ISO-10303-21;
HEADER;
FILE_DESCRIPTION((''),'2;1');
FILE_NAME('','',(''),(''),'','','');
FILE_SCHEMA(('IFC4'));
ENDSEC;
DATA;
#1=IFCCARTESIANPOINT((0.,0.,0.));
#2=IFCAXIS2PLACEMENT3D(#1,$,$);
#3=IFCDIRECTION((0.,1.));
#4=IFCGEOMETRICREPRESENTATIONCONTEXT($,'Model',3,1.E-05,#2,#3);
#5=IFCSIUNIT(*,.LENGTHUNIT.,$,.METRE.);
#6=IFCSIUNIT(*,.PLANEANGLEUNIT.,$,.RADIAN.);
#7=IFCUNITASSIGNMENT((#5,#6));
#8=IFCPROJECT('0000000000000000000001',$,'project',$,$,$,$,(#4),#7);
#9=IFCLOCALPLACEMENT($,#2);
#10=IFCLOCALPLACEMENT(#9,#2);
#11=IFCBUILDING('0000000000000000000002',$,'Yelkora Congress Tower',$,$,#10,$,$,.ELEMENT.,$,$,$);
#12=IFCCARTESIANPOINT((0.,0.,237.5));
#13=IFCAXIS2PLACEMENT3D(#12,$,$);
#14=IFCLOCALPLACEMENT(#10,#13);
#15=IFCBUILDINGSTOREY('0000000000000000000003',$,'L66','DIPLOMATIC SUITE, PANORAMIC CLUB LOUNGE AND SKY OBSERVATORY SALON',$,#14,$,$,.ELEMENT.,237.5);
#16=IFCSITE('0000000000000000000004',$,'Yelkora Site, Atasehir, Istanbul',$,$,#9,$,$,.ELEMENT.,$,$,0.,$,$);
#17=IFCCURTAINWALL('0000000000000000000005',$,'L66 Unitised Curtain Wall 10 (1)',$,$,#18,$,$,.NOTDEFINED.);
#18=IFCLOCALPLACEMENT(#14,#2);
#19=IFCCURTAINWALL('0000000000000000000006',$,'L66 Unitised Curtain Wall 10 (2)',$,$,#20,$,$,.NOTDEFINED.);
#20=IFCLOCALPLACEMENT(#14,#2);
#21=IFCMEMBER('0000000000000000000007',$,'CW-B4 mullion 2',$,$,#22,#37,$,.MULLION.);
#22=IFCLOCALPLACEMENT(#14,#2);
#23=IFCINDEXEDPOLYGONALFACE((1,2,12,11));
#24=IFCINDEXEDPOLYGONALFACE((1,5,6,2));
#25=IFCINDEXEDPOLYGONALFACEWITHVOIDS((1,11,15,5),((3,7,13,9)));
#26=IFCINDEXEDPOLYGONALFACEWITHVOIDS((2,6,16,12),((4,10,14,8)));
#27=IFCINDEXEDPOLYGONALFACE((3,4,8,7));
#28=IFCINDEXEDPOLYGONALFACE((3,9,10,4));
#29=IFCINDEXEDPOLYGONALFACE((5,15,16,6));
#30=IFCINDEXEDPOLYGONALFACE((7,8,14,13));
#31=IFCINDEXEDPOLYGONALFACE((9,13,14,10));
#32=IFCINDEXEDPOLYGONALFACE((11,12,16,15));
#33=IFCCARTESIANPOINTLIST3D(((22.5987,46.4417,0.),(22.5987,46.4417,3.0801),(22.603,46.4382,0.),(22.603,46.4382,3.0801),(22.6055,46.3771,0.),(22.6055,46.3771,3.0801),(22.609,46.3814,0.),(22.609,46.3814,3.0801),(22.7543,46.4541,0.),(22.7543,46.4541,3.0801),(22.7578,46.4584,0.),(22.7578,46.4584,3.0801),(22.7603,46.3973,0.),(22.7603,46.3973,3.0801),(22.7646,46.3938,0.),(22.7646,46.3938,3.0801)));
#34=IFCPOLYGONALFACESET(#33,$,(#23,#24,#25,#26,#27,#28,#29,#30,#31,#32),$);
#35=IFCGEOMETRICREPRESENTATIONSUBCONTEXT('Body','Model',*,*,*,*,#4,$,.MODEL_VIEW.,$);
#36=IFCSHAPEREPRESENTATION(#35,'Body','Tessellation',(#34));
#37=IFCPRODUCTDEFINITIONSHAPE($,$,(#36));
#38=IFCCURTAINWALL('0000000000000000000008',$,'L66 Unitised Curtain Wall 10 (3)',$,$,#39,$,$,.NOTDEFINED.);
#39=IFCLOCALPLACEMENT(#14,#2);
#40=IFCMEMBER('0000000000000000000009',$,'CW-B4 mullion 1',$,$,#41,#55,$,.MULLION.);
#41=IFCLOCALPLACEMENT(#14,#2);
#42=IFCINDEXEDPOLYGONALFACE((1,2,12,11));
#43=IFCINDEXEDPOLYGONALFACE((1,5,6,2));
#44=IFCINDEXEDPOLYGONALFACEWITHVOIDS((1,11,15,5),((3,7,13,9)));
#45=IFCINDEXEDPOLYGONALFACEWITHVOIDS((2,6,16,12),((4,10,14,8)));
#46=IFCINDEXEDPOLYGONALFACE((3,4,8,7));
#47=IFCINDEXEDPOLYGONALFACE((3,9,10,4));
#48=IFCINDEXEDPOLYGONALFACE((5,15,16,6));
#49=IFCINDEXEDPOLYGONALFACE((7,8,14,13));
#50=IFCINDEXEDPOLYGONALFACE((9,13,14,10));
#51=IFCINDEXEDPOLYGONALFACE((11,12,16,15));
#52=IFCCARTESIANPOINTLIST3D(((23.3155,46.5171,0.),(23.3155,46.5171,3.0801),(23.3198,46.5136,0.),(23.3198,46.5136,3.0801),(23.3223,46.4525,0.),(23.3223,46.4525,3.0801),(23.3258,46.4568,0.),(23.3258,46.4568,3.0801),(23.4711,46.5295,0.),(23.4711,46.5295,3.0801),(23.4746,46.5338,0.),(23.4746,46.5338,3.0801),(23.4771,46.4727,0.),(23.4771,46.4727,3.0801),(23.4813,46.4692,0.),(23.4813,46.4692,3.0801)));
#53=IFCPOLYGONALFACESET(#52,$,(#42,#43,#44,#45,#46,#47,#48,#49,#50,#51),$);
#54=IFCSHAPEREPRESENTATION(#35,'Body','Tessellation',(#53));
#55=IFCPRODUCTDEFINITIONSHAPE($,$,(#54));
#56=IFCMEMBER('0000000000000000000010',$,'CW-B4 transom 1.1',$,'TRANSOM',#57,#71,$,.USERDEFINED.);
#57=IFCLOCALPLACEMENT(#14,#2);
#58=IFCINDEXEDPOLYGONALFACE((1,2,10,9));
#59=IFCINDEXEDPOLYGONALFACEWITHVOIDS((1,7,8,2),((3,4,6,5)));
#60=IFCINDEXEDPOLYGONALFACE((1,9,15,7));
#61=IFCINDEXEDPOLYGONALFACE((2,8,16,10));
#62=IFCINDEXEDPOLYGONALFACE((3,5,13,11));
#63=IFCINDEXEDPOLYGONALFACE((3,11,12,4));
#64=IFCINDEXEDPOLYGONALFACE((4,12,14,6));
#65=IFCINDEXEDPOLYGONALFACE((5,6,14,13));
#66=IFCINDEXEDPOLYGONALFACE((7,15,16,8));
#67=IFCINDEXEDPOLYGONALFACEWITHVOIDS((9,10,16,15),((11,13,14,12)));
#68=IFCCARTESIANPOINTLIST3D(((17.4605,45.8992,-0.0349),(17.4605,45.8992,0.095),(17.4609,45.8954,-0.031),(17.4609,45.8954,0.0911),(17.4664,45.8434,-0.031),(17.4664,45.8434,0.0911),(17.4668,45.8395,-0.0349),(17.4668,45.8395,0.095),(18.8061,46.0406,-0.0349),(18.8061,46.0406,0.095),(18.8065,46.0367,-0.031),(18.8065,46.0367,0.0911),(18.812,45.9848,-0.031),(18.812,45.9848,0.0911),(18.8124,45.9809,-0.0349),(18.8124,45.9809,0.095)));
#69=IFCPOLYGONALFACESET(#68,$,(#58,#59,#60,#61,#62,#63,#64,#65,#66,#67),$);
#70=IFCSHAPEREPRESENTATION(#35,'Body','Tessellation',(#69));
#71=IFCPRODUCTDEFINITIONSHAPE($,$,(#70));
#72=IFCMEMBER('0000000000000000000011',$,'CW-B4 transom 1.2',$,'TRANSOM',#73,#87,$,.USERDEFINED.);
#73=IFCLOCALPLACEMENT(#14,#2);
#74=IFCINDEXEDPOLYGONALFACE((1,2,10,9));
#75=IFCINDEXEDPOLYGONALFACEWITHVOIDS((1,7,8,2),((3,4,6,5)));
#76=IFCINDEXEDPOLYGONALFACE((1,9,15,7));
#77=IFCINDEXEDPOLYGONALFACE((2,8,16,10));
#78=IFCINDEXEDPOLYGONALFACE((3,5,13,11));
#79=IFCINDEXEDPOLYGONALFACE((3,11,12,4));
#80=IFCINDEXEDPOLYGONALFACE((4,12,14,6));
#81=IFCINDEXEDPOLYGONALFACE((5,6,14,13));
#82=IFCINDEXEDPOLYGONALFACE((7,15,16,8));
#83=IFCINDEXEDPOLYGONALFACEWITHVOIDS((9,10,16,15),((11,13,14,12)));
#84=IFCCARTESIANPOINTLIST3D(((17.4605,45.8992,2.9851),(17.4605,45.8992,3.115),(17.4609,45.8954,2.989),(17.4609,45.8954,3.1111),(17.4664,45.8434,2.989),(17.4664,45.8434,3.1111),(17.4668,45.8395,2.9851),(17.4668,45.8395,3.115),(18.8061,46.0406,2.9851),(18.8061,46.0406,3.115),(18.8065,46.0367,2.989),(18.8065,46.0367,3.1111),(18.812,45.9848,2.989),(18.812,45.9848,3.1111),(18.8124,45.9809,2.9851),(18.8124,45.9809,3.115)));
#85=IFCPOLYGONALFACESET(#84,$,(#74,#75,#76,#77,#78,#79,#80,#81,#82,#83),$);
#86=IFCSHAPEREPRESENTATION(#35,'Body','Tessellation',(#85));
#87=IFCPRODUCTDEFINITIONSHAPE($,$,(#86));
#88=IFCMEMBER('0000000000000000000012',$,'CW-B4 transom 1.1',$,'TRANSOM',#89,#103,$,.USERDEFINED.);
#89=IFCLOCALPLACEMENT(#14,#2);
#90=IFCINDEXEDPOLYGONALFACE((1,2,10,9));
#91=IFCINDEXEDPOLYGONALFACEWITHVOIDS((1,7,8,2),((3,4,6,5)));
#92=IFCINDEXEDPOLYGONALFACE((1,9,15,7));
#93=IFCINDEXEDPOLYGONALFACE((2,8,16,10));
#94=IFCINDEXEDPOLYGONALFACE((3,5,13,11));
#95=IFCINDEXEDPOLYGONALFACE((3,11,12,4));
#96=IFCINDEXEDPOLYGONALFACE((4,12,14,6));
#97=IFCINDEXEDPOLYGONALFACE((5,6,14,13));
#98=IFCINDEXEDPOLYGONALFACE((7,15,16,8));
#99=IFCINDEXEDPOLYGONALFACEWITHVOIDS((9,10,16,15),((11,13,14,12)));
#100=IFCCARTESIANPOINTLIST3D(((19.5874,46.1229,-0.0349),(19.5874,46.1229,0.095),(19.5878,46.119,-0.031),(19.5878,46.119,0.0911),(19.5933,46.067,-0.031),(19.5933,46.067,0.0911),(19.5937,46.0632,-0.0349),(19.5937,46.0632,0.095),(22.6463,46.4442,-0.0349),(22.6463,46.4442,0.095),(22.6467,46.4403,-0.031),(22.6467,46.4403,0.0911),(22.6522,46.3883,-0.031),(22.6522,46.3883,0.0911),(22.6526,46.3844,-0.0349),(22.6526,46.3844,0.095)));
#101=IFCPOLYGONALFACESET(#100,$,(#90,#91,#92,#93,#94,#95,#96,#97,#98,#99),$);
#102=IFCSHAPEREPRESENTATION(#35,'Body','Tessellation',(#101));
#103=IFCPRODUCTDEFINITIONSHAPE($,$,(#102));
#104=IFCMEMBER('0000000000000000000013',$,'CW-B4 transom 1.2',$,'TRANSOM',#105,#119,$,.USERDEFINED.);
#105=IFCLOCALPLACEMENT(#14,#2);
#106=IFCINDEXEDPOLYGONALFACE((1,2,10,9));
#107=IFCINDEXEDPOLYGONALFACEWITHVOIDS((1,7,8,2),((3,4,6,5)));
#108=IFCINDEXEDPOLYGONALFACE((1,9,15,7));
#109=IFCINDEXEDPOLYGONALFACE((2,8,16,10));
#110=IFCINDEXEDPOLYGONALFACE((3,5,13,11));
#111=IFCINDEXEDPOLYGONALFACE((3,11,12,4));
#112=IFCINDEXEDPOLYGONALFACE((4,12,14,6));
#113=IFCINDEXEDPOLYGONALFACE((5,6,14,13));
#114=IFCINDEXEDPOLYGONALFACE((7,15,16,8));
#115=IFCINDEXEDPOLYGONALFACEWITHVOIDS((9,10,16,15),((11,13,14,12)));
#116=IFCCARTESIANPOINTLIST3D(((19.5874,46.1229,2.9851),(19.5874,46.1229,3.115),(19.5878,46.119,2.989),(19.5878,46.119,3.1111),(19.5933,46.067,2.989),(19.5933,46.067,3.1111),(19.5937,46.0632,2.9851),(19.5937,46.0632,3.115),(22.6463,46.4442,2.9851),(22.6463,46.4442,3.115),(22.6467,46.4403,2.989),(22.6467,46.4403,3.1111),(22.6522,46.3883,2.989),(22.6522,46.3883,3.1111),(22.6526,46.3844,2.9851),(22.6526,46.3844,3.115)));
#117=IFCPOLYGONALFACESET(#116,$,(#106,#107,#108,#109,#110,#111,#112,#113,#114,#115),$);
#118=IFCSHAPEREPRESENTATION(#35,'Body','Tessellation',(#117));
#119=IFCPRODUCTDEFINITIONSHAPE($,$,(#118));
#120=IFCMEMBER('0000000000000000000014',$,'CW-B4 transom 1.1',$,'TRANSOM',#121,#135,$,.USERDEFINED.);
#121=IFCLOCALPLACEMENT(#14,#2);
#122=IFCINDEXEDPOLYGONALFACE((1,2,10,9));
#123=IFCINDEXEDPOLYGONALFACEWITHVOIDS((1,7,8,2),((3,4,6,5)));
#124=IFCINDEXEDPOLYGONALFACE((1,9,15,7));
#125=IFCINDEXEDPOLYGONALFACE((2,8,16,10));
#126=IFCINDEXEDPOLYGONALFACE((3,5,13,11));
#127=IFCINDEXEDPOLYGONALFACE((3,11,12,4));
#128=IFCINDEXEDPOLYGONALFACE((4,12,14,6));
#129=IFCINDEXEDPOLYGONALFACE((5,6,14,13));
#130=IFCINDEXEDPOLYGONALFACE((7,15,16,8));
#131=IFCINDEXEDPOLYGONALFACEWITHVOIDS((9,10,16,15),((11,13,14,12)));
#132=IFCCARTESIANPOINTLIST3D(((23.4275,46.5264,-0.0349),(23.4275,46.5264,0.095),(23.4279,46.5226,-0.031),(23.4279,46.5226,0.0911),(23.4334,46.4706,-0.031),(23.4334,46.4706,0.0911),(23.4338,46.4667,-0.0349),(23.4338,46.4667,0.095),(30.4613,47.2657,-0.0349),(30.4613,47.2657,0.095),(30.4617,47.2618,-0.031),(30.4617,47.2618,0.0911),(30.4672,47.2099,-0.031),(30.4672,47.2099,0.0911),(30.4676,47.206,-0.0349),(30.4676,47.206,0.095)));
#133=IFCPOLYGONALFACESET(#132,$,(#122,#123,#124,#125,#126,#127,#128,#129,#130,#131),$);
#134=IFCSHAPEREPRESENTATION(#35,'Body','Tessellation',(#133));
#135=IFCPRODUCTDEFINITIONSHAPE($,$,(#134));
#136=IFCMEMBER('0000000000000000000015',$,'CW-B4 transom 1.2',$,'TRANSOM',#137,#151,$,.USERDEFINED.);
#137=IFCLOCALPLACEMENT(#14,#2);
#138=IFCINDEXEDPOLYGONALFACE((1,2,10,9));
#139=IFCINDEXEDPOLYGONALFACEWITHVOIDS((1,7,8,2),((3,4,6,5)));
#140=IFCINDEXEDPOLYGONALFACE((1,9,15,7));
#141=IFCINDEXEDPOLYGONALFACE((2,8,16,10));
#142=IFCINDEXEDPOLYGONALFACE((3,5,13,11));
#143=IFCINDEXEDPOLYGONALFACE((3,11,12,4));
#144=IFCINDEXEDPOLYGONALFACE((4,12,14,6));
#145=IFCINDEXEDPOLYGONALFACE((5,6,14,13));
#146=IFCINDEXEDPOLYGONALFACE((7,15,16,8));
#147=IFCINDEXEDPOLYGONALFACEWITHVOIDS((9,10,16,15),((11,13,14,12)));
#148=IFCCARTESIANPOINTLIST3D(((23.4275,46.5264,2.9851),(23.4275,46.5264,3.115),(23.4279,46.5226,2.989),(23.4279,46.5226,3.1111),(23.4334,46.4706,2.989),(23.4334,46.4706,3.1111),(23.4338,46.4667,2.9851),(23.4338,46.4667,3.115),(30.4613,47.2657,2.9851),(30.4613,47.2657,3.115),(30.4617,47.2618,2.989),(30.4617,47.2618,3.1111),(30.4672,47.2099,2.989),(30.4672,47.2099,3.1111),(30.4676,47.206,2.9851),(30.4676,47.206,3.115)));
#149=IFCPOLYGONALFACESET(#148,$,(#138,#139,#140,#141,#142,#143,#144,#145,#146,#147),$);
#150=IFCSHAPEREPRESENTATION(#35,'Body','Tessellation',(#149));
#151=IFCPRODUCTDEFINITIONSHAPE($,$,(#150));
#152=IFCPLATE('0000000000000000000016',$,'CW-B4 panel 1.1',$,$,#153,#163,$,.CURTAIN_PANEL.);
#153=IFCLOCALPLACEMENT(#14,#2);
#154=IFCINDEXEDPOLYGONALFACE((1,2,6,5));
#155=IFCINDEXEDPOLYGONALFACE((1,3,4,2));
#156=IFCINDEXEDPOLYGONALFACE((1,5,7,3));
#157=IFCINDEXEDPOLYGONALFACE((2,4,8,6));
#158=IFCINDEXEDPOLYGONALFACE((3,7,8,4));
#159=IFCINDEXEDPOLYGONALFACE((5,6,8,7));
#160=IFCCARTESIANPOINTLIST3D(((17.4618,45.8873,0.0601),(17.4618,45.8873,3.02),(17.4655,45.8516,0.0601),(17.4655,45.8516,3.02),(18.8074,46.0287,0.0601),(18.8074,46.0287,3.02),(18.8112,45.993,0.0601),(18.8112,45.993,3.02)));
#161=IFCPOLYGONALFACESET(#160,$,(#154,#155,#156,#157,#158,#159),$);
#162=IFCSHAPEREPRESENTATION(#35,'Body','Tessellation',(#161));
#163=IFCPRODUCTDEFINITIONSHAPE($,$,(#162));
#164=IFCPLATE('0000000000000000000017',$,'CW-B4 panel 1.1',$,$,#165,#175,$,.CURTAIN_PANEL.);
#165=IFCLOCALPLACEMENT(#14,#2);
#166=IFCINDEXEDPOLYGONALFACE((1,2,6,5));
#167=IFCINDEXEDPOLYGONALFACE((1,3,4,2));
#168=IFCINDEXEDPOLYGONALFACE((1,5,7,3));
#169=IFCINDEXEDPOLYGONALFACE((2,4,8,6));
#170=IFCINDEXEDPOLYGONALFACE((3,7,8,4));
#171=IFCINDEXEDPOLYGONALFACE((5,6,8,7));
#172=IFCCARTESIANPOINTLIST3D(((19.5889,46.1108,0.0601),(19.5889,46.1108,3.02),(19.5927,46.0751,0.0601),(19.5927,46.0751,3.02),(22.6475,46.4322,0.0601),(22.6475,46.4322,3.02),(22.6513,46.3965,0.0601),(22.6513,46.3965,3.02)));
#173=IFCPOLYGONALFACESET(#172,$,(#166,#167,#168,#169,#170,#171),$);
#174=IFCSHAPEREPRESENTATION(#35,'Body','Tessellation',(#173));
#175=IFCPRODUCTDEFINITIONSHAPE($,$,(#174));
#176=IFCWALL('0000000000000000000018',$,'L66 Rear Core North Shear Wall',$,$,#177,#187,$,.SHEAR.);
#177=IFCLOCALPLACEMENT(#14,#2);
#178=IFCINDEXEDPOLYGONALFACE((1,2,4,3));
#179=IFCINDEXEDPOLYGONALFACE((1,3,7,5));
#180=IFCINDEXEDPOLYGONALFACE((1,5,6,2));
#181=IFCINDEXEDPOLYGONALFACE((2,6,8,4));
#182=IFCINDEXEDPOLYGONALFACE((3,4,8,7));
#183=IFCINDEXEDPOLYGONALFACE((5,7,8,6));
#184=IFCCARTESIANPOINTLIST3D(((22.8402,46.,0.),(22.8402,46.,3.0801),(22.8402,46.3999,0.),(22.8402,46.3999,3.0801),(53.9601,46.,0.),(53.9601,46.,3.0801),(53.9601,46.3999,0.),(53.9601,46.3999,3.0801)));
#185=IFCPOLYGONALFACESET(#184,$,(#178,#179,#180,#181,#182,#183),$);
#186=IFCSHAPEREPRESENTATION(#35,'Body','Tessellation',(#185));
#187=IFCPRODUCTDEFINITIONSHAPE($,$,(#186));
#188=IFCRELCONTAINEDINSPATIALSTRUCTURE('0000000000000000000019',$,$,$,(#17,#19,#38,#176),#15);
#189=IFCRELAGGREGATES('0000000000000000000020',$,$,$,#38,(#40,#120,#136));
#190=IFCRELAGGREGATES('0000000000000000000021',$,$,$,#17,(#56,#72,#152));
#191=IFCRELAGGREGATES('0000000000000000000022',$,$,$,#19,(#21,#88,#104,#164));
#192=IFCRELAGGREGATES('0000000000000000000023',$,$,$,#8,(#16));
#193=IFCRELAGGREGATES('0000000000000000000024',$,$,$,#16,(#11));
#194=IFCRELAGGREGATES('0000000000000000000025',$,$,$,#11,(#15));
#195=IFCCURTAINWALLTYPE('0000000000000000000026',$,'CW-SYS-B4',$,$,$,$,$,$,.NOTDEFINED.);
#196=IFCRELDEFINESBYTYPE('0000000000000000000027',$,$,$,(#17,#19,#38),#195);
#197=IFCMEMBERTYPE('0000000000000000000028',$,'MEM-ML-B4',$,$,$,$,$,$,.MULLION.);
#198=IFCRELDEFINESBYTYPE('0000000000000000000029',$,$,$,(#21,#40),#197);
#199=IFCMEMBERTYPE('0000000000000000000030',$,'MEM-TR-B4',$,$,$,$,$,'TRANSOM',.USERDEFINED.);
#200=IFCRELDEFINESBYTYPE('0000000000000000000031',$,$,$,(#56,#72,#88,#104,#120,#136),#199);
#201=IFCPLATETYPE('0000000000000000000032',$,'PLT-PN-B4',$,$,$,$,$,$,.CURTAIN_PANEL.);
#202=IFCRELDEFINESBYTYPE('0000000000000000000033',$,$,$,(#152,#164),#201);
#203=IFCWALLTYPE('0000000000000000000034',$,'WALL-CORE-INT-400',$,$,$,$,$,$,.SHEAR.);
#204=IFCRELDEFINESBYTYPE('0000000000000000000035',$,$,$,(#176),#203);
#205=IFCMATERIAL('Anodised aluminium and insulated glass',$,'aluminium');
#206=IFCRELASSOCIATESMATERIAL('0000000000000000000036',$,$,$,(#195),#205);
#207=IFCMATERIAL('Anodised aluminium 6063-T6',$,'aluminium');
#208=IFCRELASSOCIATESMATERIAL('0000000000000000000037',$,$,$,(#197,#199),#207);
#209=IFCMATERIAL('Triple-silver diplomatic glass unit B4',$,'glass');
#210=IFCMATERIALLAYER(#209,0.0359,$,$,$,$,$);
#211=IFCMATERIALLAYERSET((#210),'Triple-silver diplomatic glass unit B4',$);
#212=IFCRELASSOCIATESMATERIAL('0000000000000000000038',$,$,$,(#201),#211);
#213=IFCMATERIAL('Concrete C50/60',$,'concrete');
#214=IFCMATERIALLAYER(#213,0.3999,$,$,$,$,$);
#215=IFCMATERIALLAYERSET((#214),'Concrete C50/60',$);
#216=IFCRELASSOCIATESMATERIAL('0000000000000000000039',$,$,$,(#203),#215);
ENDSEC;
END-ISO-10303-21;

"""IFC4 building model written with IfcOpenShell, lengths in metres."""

from ifc_helpers import new_model, si_unit, direction, frame, frame_2d, origin, origin_2d, place, context, subcontext, project, spatial, rectangle, hollow_rectangle, extrude, material, layer, layer_set, material_profile, profile_set, type_object, element, aggregate, save


model = new_model("IFC4")

# Units and contexts
model_context = context("Model", 3, precision=1e-05, world=origin(), true_north=direction((0.0, 1.0)))
body_context = subcontext(model_context, "Body", "Model", "MODEL_VIEW")
ifc_project = project(units=[si_unit("LENGTHUNIT", "METRE"), si_unit("PLANEANGLEUNIT", "RADIAN")], contexts=[model_context])

# Site, building, storey
site_placement = place(None, origin())
site = spatial("IfcSite", under=ifc_project, at=site_placement, Name="Yelkora Site, Atasehir, Istanbul", CompositionType="ELEMENT", RefElevation=0.0)
building_placement = place(site_placement, origin())
building = spatial("IfcBuilding", under=site, at=building_placement, Name="Yelkora Congress Tower", CompositionType="ELEMENT")
storey_placement = place(building_placement, frame((0.0, 0.0, 237.5)))
storey = spatial("IfcBuildingStorey", under=building, at=storey_placement, Name="L66", Description="DIPLOMATIC SUITE, PANORAMIC CLUB LOUNGE AND SKY OBSERVATORY SALON", CompositionType="ELEMENT", Elevation=237.5)

# Curtain walls, member
ifc_material_1 = material(Name="Anodised aluminium and insulated glass", Category="aluminium")
curtain_wall_type = type_object("IfcCurtainWallType", Name="CW-SYS-B4", PredefinedType="NOTDEFINED", material=ifc_material_1)
curtain_wall_1_placement = place(storey_placement, origin())
curtain_wall_1 = element("IfcCurtainWall", 1, at=curtain_wall_1_placement, inside=storey, type_object=curtain_wall_type, Name="L66 Unitised Curtain Wall 10 (1)", PredefinedType="NOTDEFINED")
ifc_material_2 = material(Name="Anodised aluminium 6063-T6", Category="aluminium")
ifc_material_profile_1 = material_profile(ifc_material_2, hollow_rectangle(XDim=0.0649, YDim=0.1599, WallThickness=0.0039, at=origin_2d()), Name="ALU 65x160x4")
ifc_profile_set_1 = profile_set([ifc_material_profile_1], Name="Anodised aluminium 6063-T6")
member_type_1 = type_object("IfcMemberType", Name="MEM-ML-B4", PredefinedType="MULLION", material=ifc_profile_set_1)
curtain_wall_2_placement = place(storey_placement, origin())
curtain_wall_2 = element("IfcCurtainWall", 2, at=curtain_wall_2_placement, inside=storey, type_object=curtain_wall_type, Name="L66 Unitised Curtain Wall 10 (2)", PredefinedType="NOTDEFINED")
member_1_placement = place(storey_placement, frame((22.6816, 46.4177, 0.0), z_axis=(0.0, 0.0, 1.0), x_axis=(-0.104506, 0.994524, 0.0)))
member_1 = element("IfcMember", 3, at=member_1_placement, type_object=member_type_1, Name="CW-B4 mullion 2", PredefinedType="MULLION", context=body_context, shape_type="SweptSolid", body=[
    extrude(hollow_rectangle(XDim=0.0649, YDim=0.1599, WallThickness=0.0039, at=origin_2d()), origin(), (0.0, 0.0, 1.0), 3.0801),
])

# Curtain wall, member
curtain_wall_3_placement = place(storey_placement, origin())
curtain_wall_3 = element("IfcCurtainWall", 4, at=curtain_wall_3_placement, inside=storey, type_object=curtain_wall_type, Name="L66 Unitised Curtain Wall 10 (3)", PredefinedType="NOTDEFINED")
member_2_placement = place(storey_placement, frame((23.3984, 46.4932, 0.0), z_axis=(0.0, 0.0, 1.0), x_axis=(-0.104528, 0.994522, 0.0)))
member_2 = element("IfcMember", 5, at=member_2_placement, type_object=member_type_1, Name="CW-B4 mullion 1", PredefinedType="MULLION", context=body_context, shape_type="SweptSolid", body=[
    extrude(hollow_rectangle(XDim=0.0649, YDim=0.1599, WallThickness=0.0039, at=origin_2d()), origin(), (0.0, 0.0, 1.0), 3.0801),
])

# Members
ifc_material_profile_2 = material_profile(ifc_material_2, hollow_rectangle(XDim=0.0601, YDim=0.1299, WallThickness=0.0039, at=origin_2d()), Name="ALU 60x130x4")
ifc_profile_set_2 = profile_set([ifc_material_profile_2], Name="Anodised aluminium 6063-T6")
member_type_2 = type_object("IfcMemberType", Name="MEM-TR-B4", ElementType="TRANSOM", PredefinedType="USERDEFINED", material=ifc_profile_set_2)
member_3_placement = place(storey_placement, frame((17.4636, 45.8694, 0.03), z_axis=(0.994528, 0.104469, 0.0), x_axis=(-0.104469, 0.994528, 0.0)))
member_3 = element("IfcMember", 6, at=member_3_placement, type_object=member_type_2, Name="CW-B4 transom 1.1", ObjectType="TRANSOM", PredefinedType="USERDEFINED", context=body_context, shape_type="SweptSolid", body=[
    extrude(hollow_rectangle(XDim=0.0601, YDim=0.1299, WallThickness=0.0039, at=origin_2d()), origin(), (0.0, 0.0, 1.0), 1.353),
])
member_4_placement = place(storey_placement, frame((17.4636, 45.8694, 3.05), z_axis=(0.994528, 0.104469, 0.0), x_axis=(-0.104469, 0.994528, 0.0)))
member_4 = element("IfcMember", 7, at=member_4_placement, type_object=member_type_2, Name="CW-B4 transom 1.2", ObjectType="TRANSOM", PredefinedType="USERDEFINED", context=body_context, shape_type="SweptSolid", body=[
    extrude(hollow_rectangle(XDim=0.0601, YDim=0.1299, WallThickness=0.0039, at=origin_2d()), origin(), (0.0, 0.0, 1.0), 1.353),
])
member_5_placement = place(storey_placement, frame((19.5906, 46.093, 0.03), z_axis=(0.994529, 0.104462, 0.0), x_axis=(-0.104462, 0.994529, 0.0)))
member_5 = element("IfcMember", 8, at=member_5_placement, type_object=member_type_2, Name="CW-B4 transom 1.1", ObjectType="TRANSOM", PredefinedType="USERDEFINED", context=body_context, shape_type="SweptSolid", body=[
    extrude(hollow_rectangle(XDim=0.0601, YDim=0.1299, WallThickness=0.0039, at=origin_2d()), origin(), (0.0, 0.0, 1.0), 3.0757),
])
member_6_placement = place(storey_placement, frame((19.5906, 46.093, 3.05), z_axis=(0.994529, 0.104462, 0.0), x_axis=(-0.104462, 0.994529, 0.0)))
member_6 = element("IfcMember", 9, at=member_6_placement, type_object=member_type_2, Name="CW-B4 transom 1.2", ObjectType="TRANSOM", PredefinedType="USERDEFINED", context=body_context, shape_type="SweptSolid", body=[
    extrude(hollow_rectangle(XDim=0.0601, YDim=0.1299, WallThickness=0.0039, at=origin_2d()), origin(), (0.0, 0.0, 1.0), 3.0757),
])
member_7_placement = place(storey_placement, frame((23.4307, 46.4966, 0.03), z_axis=(0.994522, 0.104527, 0.0), x_axis=(-0.104527, 0.994522, 0.0)))
member_7 = element("IfcMember", 10, at=member_7_placement, type_object=member_type_2, Name="CW-B4 transom 1.1", ObjectType="TRANSOM", PredefinedType="USERDEFINED", context=body_context, shape_type="SweptSolid", body=[
    extrude(hollow_rectangle(XDim=0.0601, YDim=0.1299, WallThickness=0.0039, at=origin_2d()), origin(), (0.0, 0.0, 1.0), 7.0725),
])
member_8_placement = place(storey_placement, frame((23.4307, 46.4966, 3.05), z_axis=(0.994522, 0.104527, 0.0), x_axis=(-0.104527, 0.994522, 0.0)))
member_8 = element("IfcMember", 11, at=member_8_placement, type_object=member_type_2, Name="CW-B4 transom 1.2", ObjectType="TRANSOM", PredefinedType="USERDEFINED", context=body_context, shape_type="SweptSolid", body=[
    extrude(hollow_rectangle(XDim=0.0601, YDim=0.1299, WallThickness=0.0039, at=origin_2d()), origin(), (0.0, 0.0, 1.0), 7.0725),
])
aggregate(curtain_wall_3, [member_2, member_7, member_8])

# Plates
ifc_material_3 = material(Name="Triple-silver diplomatic glass unit B4", Category="glass")
ifc_layer_1 = layer(ifc_material_3, 0.0359)
ifc_layer_set_1 = layer_set([ifc_layer_1], Name="Triple-silver diplomatic glass unit B4")
plate_type = type_object("IfcPlateType", Name="PLT-PN-B4", PredefinedType="CURTAIN_PANEL", material=ifc_layer_set_1)
plate_1_placement = place(storey_placement, frame((18.1365, 45.9402, 0.0601), z_axis=(0.0, 0.0, 1.0), x_axis=(0.994524, 0.104509, 0.0)))
plate_1 = element("IfcPlate", 12, at=plate_1_placement, type_object=plate_type, Name="CW-B4 panel 1.1", PredefinedType="CURTAIN_PANEL", context=body_context, shape_type="SweptSolid", body=[
    extrude(rectangle(XDim=1.353, YDim=0.0359, at=origin_2d()), origin(), (0.0, 0.0, 1.0), 2.96),
])
aggregate(curtain_wall_1, [member_3, member_4, plate_1])
plate_2_placement = place(storey_placement, frame((21.1201, 46.2537, 0.0601), z_axis=(0.0, 0.0, 1.0), x_axis=(0.994524, 0.104506, 0.0)))
plate_2 = element("IfcPlate", 13, at=plate_2_placement, type_object=plate_type, Name="CW-B4 panel 1.1", PredefinedType="CURTAIN_PANEL", context=body_context, shape_type="SweptSolid", body=[
    extrude(rectangle(XDim=3.0754, YDim=0.0359, at=origin_2d()), origin(), (0.0, 0.0, 1.0), 2.96),
])
aggregate(curtain_wall_2, [member_1, member_5, member_6, plate_2])

# Wall
ifc_material_4 = material(Name="Concrete C50/60", Category="concrete")
ifc_layer_2 = layer(ifc_material_4, 0.3999)
ifc_layer_set_2 = layer_set([ifc_layer_2], Name="Concrete C50/60")
wall_type_1 = type_object("IfcWallType", Name="WALL-CORE-INT-400", PredefinedType="SHEAR", material=ifc_layer_set_2)
wall_1_placement = place(storey_placement, frame((22.8401, 46.2, 0.0), z_axis=(0.0, 0.0, 1.0), x_axis=(1.0, 0.0, 0.0)))
element("IfcWall", 14, at=wall_1_placement, inside=storey, type_object=wall_type_1, Name="L66 Rear Core North Shear Wall", PredefinedType="SHEAR", context=body_context, shape_type="SweptSolid", body=[
    extrude(rectangle(XDim=31.1199, YDim=0.3999, at=frame_2d((15.5601, 0.0))), origin(), (0.0, 0.0, 1.0), 3.0801),
])

save(model, "model.ifc")
